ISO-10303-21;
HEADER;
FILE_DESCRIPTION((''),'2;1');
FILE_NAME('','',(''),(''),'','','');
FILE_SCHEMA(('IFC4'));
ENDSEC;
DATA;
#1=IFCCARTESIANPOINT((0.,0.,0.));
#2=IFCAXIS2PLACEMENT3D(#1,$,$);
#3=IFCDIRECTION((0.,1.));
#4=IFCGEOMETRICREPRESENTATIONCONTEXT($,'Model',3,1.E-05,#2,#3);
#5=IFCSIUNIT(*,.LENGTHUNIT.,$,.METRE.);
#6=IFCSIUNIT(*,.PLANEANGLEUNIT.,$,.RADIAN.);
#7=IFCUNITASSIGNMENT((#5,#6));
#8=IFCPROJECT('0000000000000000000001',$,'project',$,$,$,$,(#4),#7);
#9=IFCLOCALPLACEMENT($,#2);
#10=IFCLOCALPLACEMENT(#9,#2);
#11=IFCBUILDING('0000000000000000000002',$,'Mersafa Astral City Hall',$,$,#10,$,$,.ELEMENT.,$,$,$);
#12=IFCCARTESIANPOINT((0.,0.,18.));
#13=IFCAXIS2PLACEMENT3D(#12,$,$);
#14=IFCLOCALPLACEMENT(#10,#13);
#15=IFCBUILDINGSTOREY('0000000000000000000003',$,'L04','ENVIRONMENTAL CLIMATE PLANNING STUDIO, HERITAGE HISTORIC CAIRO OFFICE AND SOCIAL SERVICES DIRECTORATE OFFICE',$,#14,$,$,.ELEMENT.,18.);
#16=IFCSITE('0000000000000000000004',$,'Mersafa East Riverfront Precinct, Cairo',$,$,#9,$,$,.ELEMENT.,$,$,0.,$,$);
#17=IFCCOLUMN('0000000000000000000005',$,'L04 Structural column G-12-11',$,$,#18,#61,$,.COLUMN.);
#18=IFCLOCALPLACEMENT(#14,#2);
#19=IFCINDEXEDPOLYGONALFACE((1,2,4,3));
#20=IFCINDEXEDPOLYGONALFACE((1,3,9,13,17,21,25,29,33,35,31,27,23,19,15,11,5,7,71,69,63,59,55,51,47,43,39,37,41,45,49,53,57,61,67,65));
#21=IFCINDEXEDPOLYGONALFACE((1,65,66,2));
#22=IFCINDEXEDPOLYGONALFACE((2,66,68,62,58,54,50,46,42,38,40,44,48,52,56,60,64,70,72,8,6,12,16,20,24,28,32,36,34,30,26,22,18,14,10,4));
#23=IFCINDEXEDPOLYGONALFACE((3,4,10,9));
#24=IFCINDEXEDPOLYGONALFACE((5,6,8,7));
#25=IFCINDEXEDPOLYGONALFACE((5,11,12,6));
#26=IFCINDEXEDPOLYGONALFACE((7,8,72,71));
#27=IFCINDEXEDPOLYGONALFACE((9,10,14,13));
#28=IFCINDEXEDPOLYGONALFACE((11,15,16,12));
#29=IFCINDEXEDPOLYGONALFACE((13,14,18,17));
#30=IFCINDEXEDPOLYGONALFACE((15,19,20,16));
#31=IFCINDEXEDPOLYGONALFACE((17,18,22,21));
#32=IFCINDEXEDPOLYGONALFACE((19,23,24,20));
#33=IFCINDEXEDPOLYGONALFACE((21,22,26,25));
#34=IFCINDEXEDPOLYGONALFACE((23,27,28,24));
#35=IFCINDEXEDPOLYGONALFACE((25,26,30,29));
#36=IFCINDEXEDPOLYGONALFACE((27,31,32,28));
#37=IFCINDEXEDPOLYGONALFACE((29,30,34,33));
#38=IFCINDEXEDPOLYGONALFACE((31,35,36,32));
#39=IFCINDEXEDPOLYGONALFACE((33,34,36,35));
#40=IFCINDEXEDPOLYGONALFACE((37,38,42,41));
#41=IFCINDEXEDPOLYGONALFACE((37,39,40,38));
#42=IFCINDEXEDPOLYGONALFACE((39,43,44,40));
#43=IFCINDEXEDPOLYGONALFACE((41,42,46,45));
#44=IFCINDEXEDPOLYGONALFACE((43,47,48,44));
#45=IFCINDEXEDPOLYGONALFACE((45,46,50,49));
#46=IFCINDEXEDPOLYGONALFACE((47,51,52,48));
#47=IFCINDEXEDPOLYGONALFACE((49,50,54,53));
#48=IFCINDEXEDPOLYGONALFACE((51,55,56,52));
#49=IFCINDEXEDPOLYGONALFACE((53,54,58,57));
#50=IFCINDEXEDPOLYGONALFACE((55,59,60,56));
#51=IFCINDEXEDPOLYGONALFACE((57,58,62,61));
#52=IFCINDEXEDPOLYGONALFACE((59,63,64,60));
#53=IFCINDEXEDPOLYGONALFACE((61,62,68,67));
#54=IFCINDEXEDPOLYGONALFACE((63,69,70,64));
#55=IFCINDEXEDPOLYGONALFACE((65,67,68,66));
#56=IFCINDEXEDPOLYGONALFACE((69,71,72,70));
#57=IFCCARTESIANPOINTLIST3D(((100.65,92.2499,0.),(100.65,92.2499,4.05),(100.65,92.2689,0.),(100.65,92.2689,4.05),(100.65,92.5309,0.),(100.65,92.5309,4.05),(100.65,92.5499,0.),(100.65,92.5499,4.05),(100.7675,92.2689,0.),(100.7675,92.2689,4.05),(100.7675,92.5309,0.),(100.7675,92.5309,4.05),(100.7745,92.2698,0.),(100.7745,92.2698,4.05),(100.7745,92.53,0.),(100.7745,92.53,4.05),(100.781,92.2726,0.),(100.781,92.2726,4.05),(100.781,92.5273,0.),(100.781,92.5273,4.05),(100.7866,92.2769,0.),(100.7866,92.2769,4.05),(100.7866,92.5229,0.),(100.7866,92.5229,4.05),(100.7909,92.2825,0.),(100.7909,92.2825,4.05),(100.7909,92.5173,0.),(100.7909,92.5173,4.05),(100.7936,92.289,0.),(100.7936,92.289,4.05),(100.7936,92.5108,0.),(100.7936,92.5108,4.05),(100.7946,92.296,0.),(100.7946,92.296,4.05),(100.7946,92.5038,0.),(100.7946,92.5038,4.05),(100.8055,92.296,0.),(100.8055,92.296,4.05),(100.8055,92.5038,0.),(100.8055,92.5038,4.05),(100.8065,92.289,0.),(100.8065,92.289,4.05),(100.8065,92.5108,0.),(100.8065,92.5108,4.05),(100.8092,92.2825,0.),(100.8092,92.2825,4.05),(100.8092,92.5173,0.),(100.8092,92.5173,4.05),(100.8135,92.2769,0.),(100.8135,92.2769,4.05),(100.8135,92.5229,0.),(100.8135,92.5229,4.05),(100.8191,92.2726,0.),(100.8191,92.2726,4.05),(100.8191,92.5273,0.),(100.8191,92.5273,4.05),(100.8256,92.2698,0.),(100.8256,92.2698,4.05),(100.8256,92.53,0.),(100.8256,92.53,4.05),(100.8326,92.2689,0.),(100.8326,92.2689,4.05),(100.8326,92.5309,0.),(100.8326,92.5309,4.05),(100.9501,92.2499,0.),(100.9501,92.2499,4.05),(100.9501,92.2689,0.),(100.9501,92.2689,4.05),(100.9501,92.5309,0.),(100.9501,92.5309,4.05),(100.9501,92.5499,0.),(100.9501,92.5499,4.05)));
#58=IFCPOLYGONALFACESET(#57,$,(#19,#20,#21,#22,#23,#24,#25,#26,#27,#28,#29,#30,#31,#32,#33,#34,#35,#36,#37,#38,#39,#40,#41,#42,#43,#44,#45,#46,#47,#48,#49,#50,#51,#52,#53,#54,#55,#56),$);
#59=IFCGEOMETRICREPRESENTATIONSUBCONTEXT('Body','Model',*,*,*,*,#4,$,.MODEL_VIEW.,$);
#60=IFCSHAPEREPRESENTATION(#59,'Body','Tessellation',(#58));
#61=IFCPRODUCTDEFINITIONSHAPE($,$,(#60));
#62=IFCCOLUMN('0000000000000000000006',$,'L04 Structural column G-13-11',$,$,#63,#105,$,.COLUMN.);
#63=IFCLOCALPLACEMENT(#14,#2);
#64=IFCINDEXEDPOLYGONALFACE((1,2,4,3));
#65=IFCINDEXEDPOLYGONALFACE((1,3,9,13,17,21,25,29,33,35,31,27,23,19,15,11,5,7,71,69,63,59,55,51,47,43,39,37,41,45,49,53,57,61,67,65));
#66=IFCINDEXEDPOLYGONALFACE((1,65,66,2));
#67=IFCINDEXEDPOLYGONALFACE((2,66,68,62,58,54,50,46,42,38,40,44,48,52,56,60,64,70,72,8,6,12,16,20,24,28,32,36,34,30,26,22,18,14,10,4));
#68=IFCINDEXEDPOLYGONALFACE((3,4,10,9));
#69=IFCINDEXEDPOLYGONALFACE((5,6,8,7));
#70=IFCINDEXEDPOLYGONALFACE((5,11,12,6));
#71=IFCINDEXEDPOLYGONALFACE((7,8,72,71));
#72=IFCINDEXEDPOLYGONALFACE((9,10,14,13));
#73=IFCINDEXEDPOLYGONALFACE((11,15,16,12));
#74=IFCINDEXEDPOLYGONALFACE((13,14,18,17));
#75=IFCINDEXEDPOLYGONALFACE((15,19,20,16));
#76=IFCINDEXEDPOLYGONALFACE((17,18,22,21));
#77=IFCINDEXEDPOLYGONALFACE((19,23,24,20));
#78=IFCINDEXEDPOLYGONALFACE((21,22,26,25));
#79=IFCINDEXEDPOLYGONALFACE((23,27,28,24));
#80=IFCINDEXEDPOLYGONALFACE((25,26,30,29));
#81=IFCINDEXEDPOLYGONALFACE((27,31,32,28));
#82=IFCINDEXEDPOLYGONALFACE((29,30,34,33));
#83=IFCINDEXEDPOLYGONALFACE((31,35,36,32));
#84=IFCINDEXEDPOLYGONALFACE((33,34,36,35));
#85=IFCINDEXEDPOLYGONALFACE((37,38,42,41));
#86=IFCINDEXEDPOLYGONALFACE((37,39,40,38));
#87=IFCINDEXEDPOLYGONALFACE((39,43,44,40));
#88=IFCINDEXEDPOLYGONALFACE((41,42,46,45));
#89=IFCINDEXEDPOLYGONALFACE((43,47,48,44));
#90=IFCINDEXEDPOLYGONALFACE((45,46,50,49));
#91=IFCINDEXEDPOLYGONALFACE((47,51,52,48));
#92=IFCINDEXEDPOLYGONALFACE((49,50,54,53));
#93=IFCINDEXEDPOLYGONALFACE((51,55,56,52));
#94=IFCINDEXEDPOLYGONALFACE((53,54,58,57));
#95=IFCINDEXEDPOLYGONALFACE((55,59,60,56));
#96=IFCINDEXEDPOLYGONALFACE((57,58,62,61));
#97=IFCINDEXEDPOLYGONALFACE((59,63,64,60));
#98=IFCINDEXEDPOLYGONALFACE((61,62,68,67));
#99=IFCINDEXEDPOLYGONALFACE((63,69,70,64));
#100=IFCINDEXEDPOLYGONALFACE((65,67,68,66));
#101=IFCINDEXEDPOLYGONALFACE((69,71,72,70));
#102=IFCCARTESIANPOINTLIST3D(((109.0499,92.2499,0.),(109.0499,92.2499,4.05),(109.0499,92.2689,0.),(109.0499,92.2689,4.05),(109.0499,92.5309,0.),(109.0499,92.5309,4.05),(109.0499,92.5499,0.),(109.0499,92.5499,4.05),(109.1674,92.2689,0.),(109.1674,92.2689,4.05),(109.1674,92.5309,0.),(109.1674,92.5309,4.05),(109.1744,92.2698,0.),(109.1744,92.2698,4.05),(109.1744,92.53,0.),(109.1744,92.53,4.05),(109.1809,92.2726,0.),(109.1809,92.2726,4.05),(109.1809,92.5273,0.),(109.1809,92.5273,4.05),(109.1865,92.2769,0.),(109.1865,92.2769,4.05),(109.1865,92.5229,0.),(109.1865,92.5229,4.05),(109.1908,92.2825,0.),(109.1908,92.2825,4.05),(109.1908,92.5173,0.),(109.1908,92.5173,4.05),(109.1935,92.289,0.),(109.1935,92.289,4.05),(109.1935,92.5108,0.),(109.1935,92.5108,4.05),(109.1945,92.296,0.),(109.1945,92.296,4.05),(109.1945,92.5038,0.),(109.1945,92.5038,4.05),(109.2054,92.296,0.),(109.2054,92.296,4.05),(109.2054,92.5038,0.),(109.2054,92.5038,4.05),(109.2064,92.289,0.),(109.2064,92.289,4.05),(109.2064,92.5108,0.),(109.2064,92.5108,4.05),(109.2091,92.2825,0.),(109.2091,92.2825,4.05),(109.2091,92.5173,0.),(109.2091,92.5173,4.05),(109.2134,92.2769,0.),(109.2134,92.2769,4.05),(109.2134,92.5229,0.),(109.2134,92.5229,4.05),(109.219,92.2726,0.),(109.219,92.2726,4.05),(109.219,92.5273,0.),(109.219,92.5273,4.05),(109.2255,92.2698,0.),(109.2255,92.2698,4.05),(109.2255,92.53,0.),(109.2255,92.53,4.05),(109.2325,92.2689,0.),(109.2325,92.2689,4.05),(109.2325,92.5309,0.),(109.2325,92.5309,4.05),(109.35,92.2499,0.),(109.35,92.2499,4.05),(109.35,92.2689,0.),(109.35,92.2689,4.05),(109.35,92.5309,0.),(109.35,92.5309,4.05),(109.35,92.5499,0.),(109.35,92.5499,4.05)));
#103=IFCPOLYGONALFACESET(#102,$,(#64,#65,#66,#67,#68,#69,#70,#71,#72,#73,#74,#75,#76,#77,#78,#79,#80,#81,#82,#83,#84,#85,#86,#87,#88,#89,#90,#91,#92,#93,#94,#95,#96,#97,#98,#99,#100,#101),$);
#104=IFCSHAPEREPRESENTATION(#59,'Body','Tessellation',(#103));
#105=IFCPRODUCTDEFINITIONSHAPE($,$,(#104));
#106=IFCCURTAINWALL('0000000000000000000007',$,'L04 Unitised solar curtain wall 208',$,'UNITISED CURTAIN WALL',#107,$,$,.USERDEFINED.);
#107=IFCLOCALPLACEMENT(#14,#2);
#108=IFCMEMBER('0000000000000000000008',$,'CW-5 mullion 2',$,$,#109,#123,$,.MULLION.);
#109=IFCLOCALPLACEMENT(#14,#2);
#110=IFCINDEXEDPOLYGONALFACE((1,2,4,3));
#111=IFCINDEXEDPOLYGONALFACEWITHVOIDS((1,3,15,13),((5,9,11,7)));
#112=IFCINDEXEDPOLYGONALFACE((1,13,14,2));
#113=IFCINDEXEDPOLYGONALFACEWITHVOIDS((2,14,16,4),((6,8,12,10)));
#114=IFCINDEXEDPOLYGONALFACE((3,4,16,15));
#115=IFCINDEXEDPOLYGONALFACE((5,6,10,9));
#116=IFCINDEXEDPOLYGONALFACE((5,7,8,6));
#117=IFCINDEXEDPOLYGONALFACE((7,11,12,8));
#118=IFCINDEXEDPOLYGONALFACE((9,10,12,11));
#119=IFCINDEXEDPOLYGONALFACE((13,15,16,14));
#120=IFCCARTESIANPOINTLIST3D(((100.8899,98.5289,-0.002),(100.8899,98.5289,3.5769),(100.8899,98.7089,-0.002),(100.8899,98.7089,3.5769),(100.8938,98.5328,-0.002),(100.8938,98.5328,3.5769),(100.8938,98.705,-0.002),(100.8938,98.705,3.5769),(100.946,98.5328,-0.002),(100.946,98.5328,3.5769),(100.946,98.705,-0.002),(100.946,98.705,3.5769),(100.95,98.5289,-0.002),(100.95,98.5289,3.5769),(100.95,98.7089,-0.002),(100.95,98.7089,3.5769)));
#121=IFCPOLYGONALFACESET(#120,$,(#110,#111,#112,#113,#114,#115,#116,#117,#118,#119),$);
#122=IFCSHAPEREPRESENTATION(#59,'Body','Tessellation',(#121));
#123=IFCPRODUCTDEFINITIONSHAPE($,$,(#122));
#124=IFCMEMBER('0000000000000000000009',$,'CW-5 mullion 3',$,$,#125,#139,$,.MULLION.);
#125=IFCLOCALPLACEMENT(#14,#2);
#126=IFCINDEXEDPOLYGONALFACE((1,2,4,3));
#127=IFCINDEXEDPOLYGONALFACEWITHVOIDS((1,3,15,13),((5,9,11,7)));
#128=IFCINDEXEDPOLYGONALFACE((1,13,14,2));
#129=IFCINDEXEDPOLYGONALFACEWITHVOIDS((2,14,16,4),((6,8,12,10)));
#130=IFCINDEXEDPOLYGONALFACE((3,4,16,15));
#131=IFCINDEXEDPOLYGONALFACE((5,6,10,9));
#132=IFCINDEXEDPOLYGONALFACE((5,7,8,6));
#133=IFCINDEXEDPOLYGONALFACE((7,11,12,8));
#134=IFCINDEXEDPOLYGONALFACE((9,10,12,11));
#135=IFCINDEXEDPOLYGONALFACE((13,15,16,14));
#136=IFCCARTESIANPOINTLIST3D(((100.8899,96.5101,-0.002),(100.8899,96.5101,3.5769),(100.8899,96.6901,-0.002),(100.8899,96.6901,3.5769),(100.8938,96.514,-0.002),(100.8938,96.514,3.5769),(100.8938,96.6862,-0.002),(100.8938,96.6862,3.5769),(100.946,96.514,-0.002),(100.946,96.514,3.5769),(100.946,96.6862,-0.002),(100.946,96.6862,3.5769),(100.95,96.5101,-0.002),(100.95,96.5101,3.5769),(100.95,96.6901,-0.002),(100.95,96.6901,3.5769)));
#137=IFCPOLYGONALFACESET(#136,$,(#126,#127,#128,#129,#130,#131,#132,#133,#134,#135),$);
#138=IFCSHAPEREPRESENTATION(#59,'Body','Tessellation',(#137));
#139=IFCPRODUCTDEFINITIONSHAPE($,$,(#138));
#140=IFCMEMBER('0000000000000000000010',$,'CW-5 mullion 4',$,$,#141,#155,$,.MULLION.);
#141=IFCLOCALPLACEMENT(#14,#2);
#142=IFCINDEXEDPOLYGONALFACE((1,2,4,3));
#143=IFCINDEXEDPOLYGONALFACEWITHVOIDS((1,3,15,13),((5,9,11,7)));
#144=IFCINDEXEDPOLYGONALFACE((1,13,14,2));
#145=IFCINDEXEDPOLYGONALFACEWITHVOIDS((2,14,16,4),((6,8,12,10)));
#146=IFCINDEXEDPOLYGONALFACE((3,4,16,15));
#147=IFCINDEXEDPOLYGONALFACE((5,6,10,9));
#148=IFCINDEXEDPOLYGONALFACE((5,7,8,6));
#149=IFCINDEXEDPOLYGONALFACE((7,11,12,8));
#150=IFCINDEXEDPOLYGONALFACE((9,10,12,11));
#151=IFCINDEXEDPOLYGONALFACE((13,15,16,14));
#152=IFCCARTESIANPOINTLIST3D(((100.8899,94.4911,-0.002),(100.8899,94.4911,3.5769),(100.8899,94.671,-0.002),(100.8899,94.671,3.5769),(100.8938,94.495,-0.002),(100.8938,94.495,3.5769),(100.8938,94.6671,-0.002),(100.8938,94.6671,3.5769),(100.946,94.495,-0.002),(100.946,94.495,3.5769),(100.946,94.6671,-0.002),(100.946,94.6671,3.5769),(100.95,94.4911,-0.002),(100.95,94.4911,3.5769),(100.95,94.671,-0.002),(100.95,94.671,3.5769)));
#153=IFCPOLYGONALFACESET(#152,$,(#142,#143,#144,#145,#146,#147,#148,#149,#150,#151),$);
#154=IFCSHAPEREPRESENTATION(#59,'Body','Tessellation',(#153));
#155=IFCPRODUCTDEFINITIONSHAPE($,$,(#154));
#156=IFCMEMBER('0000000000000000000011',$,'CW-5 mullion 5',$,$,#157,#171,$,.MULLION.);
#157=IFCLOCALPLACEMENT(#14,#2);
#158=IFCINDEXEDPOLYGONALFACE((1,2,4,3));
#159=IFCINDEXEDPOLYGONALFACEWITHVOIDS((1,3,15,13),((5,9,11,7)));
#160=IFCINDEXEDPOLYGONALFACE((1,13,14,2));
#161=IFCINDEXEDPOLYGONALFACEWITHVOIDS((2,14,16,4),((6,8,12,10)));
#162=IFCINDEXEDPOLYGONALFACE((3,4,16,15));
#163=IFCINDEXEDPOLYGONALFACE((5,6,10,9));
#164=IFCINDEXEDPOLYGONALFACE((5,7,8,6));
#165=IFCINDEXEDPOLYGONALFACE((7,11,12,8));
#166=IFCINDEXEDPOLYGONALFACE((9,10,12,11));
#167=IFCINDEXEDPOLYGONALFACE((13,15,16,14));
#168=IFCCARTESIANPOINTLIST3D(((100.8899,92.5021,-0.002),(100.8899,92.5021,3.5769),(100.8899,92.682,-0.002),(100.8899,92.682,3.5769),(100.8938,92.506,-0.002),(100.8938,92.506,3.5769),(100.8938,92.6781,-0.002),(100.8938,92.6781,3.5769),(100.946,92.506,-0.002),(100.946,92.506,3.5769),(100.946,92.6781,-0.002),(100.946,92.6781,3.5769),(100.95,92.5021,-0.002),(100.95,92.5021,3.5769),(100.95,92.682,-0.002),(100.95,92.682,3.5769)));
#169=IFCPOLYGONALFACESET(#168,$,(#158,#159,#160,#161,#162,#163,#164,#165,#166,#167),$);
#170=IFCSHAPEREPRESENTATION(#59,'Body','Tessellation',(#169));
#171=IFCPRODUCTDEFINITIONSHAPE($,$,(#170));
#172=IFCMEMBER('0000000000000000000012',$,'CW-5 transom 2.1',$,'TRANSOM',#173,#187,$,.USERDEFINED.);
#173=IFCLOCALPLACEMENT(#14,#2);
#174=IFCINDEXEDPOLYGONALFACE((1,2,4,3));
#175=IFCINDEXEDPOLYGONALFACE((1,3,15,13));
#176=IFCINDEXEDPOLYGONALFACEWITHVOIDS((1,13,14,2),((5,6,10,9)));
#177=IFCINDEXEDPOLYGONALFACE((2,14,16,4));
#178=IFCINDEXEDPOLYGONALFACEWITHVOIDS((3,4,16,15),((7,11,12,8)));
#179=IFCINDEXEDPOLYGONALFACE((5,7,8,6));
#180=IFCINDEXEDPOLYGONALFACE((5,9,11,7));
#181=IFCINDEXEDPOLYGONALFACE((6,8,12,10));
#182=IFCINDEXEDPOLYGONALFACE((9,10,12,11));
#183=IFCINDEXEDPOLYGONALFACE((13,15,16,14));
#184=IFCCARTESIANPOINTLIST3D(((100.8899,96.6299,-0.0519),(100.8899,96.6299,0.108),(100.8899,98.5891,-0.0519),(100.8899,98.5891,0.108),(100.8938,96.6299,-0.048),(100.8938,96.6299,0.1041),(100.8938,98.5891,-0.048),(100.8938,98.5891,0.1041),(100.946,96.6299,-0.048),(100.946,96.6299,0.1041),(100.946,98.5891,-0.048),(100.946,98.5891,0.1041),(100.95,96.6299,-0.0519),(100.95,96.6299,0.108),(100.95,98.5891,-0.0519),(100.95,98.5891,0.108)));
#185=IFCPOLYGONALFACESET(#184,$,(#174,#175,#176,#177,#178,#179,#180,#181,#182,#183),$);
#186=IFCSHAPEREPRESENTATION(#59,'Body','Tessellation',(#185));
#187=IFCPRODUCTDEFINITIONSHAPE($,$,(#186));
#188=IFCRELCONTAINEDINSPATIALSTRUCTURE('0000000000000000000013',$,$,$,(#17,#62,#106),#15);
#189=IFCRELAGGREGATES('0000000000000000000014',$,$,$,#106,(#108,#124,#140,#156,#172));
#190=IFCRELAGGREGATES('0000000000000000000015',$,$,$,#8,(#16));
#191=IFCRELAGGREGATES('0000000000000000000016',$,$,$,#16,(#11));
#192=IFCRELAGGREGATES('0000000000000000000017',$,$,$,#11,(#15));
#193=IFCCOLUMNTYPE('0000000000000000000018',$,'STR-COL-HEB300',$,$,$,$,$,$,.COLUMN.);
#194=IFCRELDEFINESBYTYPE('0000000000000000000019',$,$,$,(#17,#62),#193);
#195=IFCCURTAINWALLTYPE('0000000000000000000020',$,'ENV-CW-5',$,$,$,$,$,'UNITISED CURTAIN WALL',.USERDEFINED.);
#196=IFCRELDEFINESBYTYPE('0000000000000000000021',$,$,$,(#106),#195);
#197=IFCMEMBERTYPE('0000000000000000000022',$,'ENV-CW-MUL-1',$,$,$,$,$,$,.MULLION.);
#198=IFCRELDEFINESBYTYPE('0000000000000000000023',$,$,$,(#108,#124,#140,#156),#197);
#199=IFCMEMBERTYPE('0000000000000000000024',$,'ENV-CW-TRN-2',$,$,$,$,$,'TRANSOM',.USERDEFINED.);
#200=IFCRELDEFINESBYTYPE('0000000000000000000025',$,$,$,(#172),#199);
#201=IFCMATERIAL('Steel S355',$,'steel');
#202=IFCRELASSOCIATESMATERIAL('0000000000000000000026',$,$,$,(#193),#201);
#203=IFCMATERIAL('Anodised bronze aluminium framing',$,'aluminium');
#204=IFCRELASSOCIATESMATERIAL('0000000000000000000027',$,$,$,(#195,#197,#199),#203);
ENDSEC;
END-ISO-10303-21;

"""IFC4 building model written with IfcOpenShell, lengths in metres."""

from ifc_helpers import new_model, si_unit, direction, frame, origin, origin_2d, place, context, subcontext, project, spatial, hollow_rectangle, i_section, extrude, material, material_profile, profile_set, type_object, element, aggregate, save


model = new_model("IFC4")

# Units and contexts
model_context = context("Model", 3, precision=1e-05, world=origin(), true_north=direction((0.0, 1.0)))
body_context = subcontext(model_context, "Body", "Model", "MODEL_VIEW")
ifc_project = project(units=[si_unit("LENGTHUNIT", "METRE"), si_unit("PLANEANGLEUNIT", "RADIAN")], contexts=[model_context])

# Site, building, storey
site_placement = place(None, origin())
site = spatial("IfcSite", under=ifc_project, at=site_placement, Name="Mersafa East Riverfront Precinct, Cairo", CompositionType="ELEMENT", RefElevation=0.0)
building_placement = place(site_placement, origin())
building = spatial("IfcBuilding", under=site, at=building_placement, Name="Mersafa Astral City Hall", CompositionType="ELEMENT")
storey_placement = place(building_placement, frame((0.0, 0.0, 18.0)))
storey = spatial("IfcBuildingStorey", under=building, at=storey_placement, Name="L04", Description="ENVIRONMENTAL CLIMATE PLANNING STUDIO, HERITAGE HISTORIC CAIRO OFFICE AND SOCIAL SERVICES DIRECTORATE OFFICE", CompositionType="ELEMENT", Elevation=18.0)

# Columns
ifc_material_1 = material(Name="Steel S355", Category="steel")
ifc_material_profile_1 = material_profile(ifc_material_1, i_section(OverallWidth=0.3, OverallDepth=0.3, WebThickness=0.011, FlangeThickness=0.019, FilletRadius=0.0271, at=origin_2d()), Name="HEB 300")
ifc_profile_set_1 = profile_set([ifc_material_profile_1], Name="Steel S355")
column_type = type_object("IfcColumnType", Name="STR-COL-HEB300", PredefinedType="COLUMN", material=ifc_profile_set_1)
for number, where, z_axis, x_axis, name in (
    (1, (100.8, 92.3999, 0.0), (0.0, 0.0, 1.0), (1.0, 0.0, 0.0), "L04 Structural column G-12-11"),
    (2, (109.2, 92.3999, 0.0), (0.0, 0.0, 1.0), (1.0, 0.0, 0.0), "L04 Structural column G-13-11"),
):
    element("IfcColumn", number, at=place(storey_placement, frame(where, z_axis=z_axis, x_axis=x_axis)), inside=storey, type_object=column_type, Name=name, PredefinedType="COLUMN", context=body_context, shape_type="SweptSolid", body=[
        extrude(i_section(OverallWidth=0.3, OverallDepth=0.3, WebThickness=0.011, FlangeThickness=0.019, FilletRadius=0.0271, at=origin_2d()), origin(), (0.0, 0.0, 1.0), 4.05),
    ])

# Curtain wall, members
ifc_material_2 = material(Name="Anodised bronze aluminium framing", Category="aluminium")
curtain_wall_type = type_object("IfcCurtainWallType", Name="ENV-CW-5", ElementType="UNITISED CURTAIN WALL", PredefinedType="USERDEFINED", material=ifc_material_2)
curtain_wall_placement = place(storey_placement, origin())
curtain_wall = element("IfcCurtainWall", 3, at=curtain_wall_placement, inside=storey, type_object=curtain_wall_type, Name="L04 Unitised solar curtain wall 208", ObjectType="UNITISED CURTAIN WALL", PredefinedType="USERDEFINED")
ifc_material_profile_2 = material_profile(ifc_material_2, hollow_rectangle(XDim=0.0601, YDim=0.1799, WallThickness=0.0039, at=origin_2d()), Name="RHS 60x180x4")
ifc_profile_set_2 = profile_set([ifc_material_profile_2], Name="Anodised bronze aluminium framing")
member_type_1 = type_object("IfcMemberType", Name="ENV-CW-MUL-1", PredefinedType="MULLION", material=ifc_profile_set_2)
member_1_placement = place(storey_placement, frame((100.9199, 98.6189, -0.002), z_axis=(0.0, 0.0, 1.0), x_axis=(1.0, 0.0, 0.0)))
member_1 = element("IfcMember", 4, at=member_1_placement, type_object=member_type_1, Name="CW-5 mullion 2", PredefinedType="MULLION", context=body_context, shape_type="SweptSolid", body=[
    extrude(hollow_rectangle(XDim=0.0601, YDim=0.1799, WallThickness=0.0039, at=origin_2d()), origin(), (0.0, 0.0, 1.0), 3.5789),
])
member_2_placement = place(storey_placement, frame((100.9199, 96.6001, -0.002), z_axis=(0.0, 0.0, 1.0), x_axis=(1.0, 0.0, 0.0)))
member_2 = element("IfcMember", 5, at=member_2_placement, type_object=member_type_1, Name="CW-5 mullion 3", PredefinedType="MULLION", context=body_context, shape_type="SweptSolid", body=[
    extrude(hollow_rectangle(XDim=0.0601, YDim=0.1799, WallThickness=0.0039, at=origin_2d()), origin(), (0.0, 0.0, 1.0), 3.5789),
])
member_3_placement = place(storey_placement, frame((100.9199, 94.5811, -0.002), z_axis=(0.0, 0.0, 1.0), x_axis=(1.0, 0.0, 0.0)))
member_3 = element("IfcMember", 6, at=member_3_placement, type_object=member_type_1, Name="CW-5 mullion 4", PredefinedType="MULLION", context=body_context, shape_type="SweptSolid", body=[
    extrude(hollow_rectangle(XDim=0.0601, YDim=0.1799, WallThickness=0.0039, at=origin_2d()), origin(), (0.0, 0.0, 1.0), 3.5789),
])
member_4_placement = place(storey_placement, frame((100.9199, 92.592, -0.002), z_axis=(0.0, 0.0, 1.0), x_axis=(1.0, 0.0, 0.0)))
member_4 = element("IfcMember", 7, at=member_4_placement, type_object=member_type_1, Name="CW-5 mullion 5", PredefinedType="MULLION", context=body_context, shape_type="SweptSolid", body=[
    extrude(hollow_rectangle(XDim=0.0601, YDim=0.1799, WallThickness=0.0039, at=origin_2d()), origin(), (0.0, 0.0, 1.0), 3.5789),
])
ifc_material_profile_3 = material_profile(ifc_material_2, hollow_rectangle(XDim=0.0601, YDim=0.1599, WallThickness=0.0039, at=origin_2d()), Name="RHS 60x160x4")
ifc_profile_set_3 = profile_set([ifc_material_profile_3], Name="Anodised bronze aluminium framing")
member_type_2 = type_object("IfcMemberType", Name="ENV-CW-TRN-2", ElementType="TRANSOM", PredefinedType="USERDEFINED", material=ifc_profile_set_3)
member_5_placement = place(storey_placement, frame((100.9199, 98.5891, 0.0281), z_axis=(0.0, -1.0, 0.0), x_axis=(1.0, 0.0, 0.0)))
member_5 = element("IfcMember", 8, at=member_5_placement, type_object=member_type_2, Name="CW-5 transom 2.1", ObjectType="TRANSOM", PredefinedType="USERDEFINED", context=body_context, shape_type="SweptSolid", body=[
    extrude(hollow_rectangle(XDim=0.0601, YDim=0.1599, WallThickness=0.0039, at=origin_2d()), origin(), (0.0, 0.0, 1.0), 1.9592),
])

aggregate(curtain_wall, [member_1, member_2, member_3, member_4, member_5])

save(model, "model.ifc")
